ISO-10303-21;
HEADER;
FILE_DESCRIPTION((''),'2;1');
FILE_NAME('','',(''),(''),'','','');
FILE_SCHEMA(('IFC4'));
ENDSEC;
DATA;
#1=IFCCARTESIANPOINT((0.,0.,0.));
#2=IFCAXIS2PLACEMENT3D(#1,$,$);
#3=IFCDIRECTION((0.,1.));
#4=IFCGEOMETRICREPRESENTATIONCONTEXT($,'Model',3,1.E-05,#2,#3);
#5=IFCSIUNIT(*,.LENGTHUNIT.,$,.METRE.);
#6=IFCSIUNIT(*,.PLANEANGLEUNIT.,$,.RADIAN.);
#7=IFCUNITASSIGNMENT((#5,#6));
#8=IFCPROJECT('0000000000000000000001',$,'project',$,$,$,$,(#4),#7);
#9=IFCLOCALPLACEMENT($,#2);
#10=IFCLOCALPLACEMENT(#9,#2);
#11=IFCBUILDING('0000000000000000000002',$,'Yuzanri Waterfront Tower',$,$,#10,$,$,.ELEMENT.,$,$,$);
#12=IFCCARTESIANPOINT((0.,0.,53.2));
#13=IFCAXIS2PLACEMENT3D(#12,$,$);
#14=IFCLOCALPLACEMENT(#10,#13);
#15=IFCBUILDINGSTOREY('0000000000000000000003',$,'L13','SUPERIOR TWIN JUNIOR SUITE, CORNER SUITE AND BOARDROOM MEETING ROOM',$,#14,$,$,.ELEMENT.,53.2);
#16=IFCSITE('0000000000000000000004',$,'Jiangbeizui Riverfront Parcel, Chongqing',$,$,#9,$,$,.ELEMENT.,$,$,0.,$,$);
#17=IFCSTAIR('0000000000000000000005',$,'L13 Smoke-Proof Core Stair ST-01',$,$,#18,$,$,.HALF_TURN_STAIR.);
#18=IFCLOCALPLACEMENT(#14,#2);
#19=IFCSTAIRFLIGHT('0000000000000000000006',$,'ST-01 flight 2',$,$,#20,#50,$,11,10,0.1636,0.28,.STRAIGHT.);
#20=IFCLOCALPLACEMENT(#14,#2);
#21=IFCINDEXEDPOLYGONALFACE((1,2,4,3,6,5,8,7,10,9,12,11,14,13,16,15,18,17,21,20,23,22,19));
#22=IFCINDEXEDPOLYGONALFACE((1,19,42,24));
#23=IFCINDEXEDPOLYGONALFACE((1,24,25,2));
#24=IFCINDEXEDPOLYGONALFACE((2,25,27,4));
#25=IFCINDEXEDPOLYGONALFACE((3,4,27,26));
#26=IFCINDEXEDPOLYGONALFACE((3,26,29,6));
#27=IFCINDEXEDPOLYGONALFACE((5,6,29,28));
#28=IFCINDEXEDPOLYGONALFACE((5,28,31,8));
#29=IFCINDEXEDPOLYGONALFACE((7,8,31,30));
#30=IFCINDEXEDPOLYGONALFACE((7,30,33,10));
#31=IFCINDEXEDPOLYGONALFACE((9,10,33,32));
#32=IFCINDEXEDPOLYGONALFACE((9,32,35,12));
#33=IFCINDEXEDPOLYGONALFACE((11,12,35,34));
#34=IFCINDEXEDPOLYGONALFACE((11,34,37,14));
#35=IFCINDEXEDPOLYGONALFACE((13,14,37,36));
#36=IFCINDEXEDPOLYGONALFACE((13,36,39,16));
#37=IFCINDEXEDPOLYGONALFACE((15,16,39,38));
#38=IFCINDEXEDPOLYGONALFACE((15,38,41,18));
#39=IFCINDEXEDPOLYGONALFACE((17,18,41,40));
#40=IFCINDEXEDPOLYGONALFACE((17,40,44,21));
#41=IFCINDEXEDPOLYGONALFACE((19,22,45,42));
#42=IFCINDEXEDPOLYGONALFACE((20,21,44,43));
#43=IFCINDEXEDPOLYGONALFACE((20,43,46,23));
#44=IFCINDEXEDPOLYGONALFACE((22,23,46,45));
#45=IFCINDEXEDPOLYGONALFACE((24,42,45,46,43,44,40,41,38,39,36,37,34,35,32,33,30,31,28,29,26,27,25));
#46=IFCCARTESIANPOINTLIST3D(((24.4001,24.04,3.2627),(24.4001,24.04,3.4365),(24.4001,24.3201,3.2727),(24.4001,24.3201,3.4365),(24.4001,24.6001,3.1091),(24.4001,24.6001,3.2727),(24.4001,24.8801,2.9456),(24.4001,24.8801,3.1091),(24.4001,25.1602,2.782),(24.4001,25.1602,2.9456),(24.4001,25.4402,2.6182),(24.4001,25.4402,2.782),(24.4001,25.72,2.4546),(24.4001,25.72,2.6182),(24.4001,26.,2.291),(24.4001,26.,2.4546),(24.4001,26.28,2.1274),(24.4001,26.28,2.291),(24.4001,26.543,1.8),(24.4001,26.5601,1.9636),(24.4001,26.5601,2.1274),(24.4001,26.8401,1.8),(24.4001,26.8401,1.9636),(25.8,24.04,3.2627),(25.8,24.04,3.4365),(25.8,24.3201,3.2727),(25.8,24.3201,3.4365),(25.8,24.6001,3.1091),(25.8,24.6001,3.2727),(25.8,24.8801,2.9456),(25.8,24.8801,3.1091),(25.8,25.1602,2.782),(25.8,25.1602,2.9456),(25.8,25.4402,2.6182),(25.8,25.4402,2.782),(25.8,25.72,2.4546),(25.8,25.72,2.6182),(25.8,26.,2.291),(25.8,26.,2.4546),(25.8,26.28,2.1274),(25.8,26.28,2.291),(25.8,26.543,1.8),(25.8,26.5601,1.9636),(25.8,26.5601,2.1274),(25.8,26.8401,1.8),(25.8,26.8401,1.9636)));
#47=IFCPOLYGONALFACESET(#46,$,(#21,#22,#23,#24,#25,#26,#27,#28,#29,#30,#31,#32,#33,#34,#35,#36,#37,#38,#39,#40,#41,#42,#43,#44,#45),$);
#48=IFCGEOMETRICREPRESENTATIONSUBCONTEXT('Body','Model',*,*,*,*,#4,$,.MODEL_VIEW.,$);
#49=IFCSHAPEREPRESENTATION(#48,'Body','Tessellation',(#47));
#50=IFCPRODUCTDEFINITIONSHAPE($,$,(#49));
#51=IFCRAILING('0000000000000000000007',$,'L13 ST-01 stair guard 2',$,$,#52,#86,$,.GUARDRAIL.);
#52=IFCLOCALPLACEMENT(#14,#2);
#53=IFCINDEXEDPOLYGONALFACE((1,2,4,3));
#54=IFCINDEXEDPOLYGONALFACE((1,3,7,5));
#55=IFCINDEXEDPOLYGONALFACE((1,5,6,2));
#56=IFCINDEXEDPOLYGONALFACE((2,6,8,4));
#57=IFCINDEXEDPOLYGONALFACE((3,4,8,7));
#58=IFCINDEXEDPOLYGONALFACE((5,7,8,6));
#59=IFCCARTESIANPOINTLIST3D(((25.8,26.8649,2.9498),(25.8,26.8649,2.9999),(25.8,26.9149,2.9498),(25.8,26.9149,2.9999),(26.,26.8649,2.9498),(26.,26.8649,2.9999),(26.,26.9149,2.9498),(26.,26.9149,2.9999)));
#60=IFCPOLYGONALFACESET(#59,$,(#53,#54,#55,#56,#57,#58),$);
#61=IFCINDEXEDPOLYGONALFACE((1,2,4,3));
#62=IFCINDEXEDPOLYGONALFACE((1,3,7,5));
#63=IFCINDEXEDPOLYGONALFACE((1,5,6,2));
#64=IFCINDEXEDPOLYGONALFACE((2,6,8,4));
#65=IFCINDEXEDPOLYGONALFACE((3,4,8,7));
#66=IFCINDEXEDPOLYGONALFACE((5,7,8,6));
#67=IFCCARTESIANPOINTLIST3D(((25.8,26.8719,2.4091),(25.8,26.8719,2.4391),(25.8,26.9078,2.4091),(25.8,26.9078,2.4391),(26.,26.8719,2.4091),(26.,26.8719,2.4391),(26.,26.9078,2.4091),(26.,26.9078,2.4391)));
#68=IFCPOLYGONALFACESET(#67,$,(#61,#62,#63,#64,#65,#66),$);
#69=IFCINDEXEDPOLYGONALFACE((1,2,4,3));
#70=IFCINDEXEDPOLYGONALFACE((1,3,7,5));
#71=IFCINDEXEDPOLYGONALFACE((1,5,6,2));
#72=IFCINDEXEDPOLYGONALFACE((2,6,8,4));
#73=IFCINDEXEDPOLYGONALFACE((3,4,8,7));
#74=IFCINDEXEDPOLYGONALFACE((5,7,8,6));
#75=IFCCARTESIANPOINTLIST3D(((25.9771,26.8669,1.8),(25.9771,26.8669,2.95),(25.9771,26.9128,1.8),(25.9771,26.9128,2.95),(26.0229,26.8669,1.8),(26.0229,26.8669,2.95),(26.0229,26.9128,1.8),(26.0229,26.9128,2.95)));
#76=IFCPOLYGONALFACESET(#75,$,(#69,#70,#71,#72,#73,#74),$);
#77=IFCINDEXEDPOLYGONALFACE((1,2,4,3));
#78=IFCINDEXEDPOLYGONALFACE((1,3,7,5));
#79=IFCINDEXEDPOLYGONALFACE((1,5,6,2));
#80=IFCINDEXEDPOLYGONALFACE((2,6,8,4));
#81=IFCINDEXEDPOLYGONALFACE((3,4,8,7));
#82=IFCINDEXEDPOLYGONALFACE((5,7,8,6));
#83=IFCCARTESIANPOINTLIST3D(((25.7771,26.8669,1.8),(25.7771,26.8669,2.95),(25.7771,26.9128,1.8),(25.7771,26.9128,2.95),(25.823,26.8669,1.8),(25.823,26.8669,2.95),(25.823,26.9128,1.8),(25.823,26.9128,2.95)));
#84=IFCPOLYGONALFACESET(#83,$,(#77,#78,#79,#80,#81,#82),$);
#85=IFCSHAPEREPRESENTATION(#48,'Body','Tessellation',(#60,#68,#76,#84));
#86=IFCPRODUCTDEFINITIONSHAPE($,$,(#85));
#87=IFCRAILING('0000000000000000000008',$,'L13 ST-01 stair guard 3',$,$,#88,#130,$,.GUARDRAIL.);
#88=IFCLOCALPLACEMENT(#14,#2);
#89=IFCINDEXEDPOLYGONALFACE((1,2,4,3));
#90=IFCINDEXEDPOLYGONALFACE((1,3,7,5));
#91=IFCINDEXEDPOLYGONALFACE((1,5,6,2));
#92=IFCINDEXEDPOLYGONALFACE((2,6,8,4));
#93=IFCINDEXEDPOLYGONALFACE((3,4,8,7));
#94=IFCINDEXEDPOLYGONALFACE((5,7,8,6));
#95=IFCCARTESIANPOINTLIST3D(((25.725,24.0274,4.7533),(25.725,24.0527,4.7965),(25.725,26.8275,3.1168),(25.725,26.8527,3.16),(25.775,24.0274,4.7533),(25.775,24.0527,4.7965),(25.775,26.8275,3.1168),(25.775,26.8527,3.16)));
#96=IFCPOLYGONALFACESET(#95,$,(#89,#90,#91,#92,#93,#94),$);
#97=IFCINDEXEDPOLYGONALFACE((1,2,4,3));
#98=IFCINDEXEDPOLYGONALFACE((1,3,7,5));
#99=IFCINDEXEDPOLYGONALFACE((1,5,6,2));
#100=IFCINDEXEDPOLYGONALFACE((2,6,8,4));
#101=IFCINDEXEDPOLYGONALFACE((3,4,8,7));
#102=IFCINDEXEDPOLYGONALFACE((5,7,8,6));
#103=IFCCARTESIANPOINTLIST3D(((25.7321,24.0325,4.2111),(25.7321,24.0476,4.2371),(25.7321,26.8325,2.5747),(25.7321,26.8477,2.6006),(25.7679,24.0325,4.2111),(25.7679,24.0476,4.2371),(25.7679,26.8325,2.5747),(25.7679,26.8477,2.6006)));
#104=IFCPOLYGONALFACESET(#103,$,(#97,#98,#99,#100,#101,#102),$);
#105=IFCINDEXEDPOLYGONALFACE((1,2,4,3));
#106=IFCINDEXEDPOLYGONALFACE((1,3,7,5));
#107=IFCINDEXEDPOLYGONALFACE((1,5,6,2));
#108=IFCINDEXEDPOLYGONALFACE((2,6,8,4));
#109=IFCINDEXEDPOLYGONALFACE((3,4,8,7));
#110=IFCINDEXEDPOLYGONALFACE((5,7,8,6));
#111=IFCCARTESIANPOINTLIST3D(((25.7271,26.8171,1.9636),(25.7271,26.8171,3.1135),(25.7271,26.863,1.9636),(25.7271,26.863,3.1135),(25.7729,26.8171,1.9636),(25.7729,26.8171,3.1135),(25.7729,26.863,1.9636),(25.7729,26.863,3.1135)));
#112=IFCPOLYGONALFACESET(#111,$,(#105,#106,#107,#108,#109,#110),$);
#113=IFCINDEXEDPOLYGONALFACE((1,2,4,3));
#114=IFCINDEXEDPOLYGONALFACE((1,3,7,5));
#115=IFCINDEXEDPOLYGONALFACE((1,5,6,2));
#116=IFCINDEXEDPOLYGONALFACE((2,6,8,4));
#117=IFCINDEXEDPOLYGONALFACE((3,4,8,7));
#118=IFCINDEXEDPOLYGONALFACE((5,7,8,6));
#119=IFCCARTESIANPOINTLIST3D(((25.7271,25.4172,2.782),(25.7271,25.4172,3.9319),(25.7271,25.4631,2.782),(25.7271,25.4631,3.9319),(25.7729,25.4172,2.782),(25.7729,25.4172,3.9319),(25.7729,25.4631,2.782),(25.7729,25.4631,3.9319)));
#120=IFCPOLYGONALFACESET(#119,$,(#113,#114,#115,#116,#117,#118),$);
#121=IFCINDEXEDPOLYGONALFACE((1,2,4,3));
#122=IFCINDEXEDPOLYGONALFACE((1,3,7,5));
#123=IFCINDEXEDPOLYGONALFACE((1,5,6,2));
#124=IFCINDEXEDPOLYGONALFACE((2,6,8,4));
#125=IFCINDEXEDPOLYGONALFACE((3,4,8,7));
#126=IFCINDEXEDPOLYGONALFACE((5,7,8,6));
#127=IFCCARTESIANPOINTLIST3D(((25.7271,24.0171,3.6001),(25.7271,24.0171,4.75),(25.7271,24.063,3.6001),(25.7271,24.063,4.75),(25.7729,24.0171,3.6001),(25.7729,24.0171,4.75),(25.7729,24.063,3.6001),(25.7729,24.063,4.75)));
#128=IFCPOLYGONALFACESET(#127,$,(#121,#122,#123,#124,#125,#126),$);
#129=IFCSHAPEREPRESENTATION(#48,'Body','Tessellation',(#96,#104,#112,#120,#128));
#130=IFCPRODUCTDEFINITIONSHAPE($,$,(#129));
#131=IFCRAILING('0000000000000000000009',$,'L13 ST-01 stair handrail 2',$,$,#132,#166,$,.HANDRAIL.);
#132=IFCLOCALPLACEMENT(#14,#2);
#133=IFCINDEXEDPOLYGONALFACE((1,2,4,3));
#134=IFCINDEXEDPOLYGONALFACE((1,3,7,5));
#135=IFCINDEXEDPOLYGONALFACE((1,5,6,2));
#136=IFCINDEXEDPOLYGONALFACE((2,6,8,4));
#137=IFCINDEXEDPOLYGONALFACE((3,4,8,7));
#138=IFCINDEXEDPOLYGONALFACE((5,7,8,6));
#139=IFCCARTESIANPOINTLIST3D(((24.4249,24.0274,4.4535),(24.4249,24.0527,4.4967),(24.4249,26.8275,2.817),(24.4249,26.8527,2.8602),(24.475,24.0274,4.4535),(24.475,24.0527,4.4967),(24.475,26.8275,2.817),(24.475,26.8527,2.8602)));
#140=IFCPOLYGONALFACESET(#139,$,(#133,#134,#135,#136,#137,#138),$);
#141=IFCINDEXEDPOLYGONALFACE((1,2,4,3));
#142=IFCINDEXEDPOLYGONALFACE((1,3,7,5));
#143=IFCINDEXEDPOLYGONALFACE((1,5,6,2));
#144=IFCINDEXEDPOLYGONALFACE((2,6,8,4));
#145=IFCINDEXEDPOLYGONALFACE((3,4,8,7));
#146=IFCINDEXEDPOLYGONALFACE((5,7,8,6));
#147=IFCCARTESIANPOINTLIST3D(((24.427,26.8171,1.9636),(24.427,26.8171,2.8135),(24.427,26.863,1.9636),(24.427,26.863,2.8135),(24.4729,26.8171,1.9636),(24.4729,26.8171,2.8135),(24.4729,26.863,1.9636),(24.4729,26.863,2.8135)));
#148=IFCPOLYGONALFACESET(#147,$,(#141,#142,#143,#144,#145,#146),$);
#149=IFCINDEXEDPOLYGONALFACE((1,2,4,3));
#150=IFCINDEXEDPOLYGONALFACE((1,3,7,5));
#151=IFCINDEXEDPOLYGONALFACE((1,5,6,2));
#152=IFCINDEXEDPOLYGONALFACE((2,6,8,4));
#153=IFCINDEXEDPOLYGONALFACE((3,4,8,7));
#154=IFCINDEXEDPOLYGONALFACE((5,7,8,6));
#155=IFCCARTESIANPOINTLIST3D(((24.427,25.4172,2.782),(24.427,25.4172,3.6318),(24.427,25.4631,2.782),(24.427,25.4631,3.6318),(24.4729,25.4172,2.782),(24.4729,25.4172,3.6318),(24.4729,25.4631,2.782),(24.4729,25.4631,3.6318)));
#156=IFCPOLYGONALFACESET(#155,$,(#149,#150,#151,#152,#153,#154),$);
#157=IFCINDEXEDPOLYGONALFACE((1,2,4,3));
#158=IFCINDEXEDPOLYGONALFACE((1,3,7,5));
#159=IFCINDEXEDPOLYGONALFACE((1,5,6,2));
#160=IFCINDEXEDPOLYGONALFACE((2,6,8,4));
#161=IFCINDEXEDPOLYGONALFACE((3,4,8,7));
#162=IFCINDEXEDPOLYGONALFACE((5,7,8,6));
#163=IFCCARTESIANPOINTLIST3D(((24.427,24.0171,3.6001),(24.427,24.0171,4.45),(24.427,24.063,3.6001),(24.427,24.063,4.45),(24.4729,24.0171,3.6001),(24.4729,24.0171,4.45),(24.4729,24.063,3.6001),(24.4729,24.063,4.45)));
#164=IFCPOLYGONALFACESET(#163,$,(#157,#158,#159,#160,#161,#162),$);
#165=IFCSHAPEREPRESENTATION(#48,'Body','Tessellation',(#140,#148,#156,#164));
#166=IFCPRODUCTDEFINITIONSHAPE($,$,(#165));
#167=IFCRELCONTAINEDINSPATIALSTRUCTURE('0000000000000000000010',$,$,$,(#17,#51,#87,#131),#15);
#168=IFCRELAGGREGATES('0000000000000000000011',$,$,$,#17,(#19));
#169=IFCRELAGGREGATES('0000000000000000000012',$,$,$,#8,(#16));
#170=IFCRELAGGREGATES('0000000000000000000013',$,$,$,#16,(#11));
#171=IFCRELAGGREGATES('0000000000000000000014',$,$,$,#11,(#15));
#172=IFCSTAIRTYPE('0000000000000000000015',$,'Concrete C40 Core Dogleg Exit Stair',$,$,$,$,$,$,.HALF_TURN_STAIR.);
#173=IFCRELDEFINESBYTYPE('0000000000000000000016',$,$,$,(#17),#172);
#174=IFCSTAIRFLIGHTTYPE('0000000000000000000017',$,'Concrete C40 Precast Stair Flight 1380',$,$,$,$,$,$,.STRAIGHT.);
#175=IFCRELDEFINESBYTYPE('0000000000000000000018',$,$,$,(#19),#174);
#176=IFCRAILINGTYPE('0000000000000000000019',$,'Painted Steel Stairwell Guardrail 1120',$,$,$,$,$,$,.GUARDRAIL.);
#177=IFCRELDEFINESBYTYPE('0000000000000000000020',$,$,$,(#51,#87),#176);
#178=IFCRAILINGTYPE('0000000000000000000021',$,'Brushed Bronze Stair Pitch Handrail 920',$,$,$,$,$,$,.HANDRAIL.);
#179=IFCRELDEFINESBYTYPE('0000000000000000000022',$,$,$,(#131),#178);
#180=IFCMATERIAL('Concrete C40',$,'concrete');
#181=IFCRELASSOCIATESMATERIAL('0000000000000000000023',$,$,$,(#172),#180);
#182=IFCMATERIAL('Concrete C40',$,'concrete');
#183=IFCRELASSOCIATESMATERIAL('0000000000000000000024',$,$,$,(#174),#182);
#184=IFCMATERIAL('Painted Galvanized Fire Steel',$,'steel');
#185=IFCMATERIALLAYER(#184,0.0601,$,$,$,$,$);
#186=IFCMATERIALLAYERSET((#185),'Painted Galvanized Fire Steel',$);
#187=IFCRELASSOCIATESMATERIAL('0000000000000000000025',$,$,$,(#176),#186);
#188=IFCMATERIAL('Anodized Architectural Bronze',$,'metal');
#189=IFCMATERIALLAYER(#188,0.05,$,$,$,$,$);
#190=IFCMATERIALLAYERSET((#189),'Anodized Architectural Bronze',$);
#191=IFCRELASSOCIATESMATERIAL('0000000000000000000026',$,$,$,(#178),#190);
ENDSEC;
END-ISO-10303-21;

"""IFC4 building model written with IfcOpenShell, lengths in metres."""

from ifc_helpers import new_model, si_unit, direction, frame, origin, origin_2d, place, context, subcontext, project, spatial, polyline, rectangle, outline, extrude, source, transform, mapped, material, layer, layer_set, type_object, element, aggregate, save


model = new_model("IFC4")

# Units and contexts
model_context = context("Model", 3, precision=1e-05, world=origin(), true_north=direction((0.0, 1.0)))
body_context = subcontext(model_context, "Body", "Model", "MODEL_VIEW")
ifc_project = project(units=[si_unit("LENGTHUNIT", "METRE"), si_unit("PLANEANGLEUNIT", "RADIAN")], contexts=[model_context])

# Site, building, storey
site_placement = place(None, origin())
site = spatial("IfcSite", under=ifc_project, at=site_placement, Name="Jiangbeizui Riverfront Parcel, Chongqing", CompositionType="ELEMENT", RefElevation=0.0)
building_placement = place(site_placement, origin())
building = spatial("IfcBuilding", under=site, at=building_placement, Name="Yuzanri Waterfront Tower", CompositionType="ELEMENT")
storey_placement = place(building_placement, frame((0.0, 0.0, 53.2)))
storey = spatial("IfcBuildingStorey", under=building, at=storey_placement, Name="L13", Description="SUPERIOR TWIN JUNIOR SUITE, CORNER SUITE AND BOARDROOM MEETING ROOM", CompositionType="ELEMENT", Elevation=53.2)

# Stair, stair flight
ifc_material_1 = material(Name="Concrete C40", Category="concrete")
stair_type = type_object("IfcStairType", Name="Concrete C40 Core Dogleg Exit Stair", PredefinedType="HALF_TURN_STAIR", material=ifc_material_1)
stair_placement = place(storey_placement, origin())
stair = element("IfcStair", 1, at=stair_placement, inside=storey, type_object=stair_type, Name="L13 Smoke-Proof Core Stair ST-01", PredefinedType="HALF_TURN_STAIR")
ifc_material_2 = material(Name="Concrete C40", Category="concrete")
stair_flight_type = type_object("IfcStairFlightType", Name="Concrete C40 Precast Stair Flight 1380", PredefinedType="STRAIGHT", material=ifc_material_2)
shared_shape_1 = source(origin(), body_context, "Body", "SweptSolid", [
    extrude(outline(polyline([(0.0, 0.0), (0.0, 0.1636), (0.28, 0.1636), (0.28, 0.3274), (0.5601, 0.3274), (0.5601, 0.491), (0.8401, 0.491), (0.8401, 0.6545), (1.1201, 0.6545), (1.1201, 0.8181), (1.3999, 0.8181), (1.3999, 0.9819), (1.6799, 0.9819), (1.6799, 1.1455), (1.96, 1.1455), (1.96, 1.3091), (2.24, 1.3091), (2.24, 1.4727), (2.52, 1.4727), (2.52, 1.6365), (2.8, 1.6365), (2.8, 1.8), (2.8, 1.4626), (0.2971, 0.0), (0.0, 0.0)])), frame((0.0, 0.7, 0.0), z_axis=(0.0, -1.0, 0.0), x_axis=(1.0, 0.0, 0.0)), (0.0, 0.0, 1.0), 1.3999),
])
stair_flight_placement = place(storey_placement, frame((25.1001, 26.8401, 1.8), z_axis=(0.0, 0.0, 1.0), x_axis=(0.0, -1.0, 0.0)))
stair_flight = element("IfcStairFlight", 2, at=stair_flight_placement, type_object=stair_flight_type, Name="ST-01 flight 2", NumberOfRisers=11, NumberOfTreads=10, PredefinedType="STRAIGHT", RiserHeight=0.1636, TreadLength=0.28, context=body_context, shape_type="MappedRepresentation", body=[
    mapped(shared_shape_1, transform((0.0, 0.0, 0.0), scale=1.0)),
])
aggregate(stair, [stair_flight])

# Railings
ifc_material_3 = material(Name="Painted Galvanized Fire Steel", Category="steel")
ifc_layer_1 = layer(ifc_material_3, 0.0601)
ifc_layer_set_1 = layer_set([ifc_layer_1], Name="Painted Galvanized Fire Steel")
railing_type_1 = type_object("IfcRailingType", Name="Painted Steel Stairwell Guardrail 1120", PredefinedType="GUARDRAIL", material=ifc_layer_set_1)
shared_shape_2 = source(origin(), body_context, "Body", "SweptSolid", [
    extrude(rectangle(XDim=0.05, YDim=0.05, at=origin_2d()), frame((0.0, 0.0, 1.1748), z_axis=(-1.0, 0.0, 0.0), x_axis=(0.0, -1.0, 0.0)), (0.0, 0.0, 1.0), 0.2),
    extrude(rectangle(XDim=0.0359, YDim=0.03, at=origin_2d()), frame((0.0, 0.0, 0.624), z_axis=(-1.0, 0.0, 0.0), x_axis=(0.0, -1.0, 0.0)), (0.0, 0.0, 1.0), 0.2),
    extrude(rectangle(XDim=0.0459, YDim=0.0459, at=origin_2d()), origin(), (0.0, 0.0, 1.0), 1.1499),
    extrude(rectangle(XDim=0.0459, YDim=0.0459, at=origin_2d()), frame((-0.2, 0.0, 0.0)), (0.0, 0.0, 1.0), 1.1499),
])
railing_1_placement = place(storey_placement, frame((26.0, 26.8899, 1.8)))
element("IfcRailing", 3, at=railing_1_placement, inside=storey, type_object=railing_type_1, Name="L13 ST-01 stair guard 2", PredefinedType="GUARDRAIL", context=body_context, shape_type="MappedRepresentation", body=[
    mapped(shared_shape_2, transform((0.0, 0.0, 0.0), scale=1.0)),
])
shared_shape_3 = source(origin(), body_context, "Body", "SweptSolid", [
    extrude(rectangle(XDim=0.05, YDim=0.05, at=origin_2d()), frame((0.0, 0.0, 1.1748), z_axis=(0.0, -0.863361, 0.504587), x_axis=(1.0, 0.0, 0.0)), (0.0, 0.0, 1.0), 3.2432),
    extrude(rectangle(XDim=0.0359, YDim=0.03, at=origin_2d()), frame((0.0, 0.0, 0.624), z_axis=(0.0, -0.863361, 0.504587), x_axis=(1.0, 0.0, 0.0)), (0.0, 0.0, 1.0), 3.2432),
    extrude(rectangle(XDim=0.0459, YDim=0.0459, at=origin_2d()), origin(), (0.0, 0.0, 1.0), 1.1499),
    extrude(rectangle(XDim=0.0459, YDim=0.0459, at=origin_2d()), frame((0.0, -1.3999, 0.8184)), (0.0, 0.0, 1.0), 1.1499),
    extrude(rectangle(XDim=0.0459, YDim=0.0459, at=origin_2d()), frame((0.0, -2.8, 1.6365)), (0.0, 0.0, 1.0), 1.1499),
])
railing_2_placement = place(storey_placement, frame((25.75, 26.8401, 1.9636)))
element("IfcRailing", 4, at=railing_2_placement, inside=storey, type_object=railing_type_1, Name="L13 ST-01 stair guard 3", PredefinedType="GUARDRAIL", context=body_context, shape_type="MappedRepresentation", body=[
    mapped(shared_shape_3, transform((0.0, 0.0, 0.0), scale=1.0)),
])
ifc_material_4 = material(Name="Anodized Architectural Bronze", Category="metal")
ifc_layer_2 = layer(ifc_material_4, 0.05)
ifc_layer_set_2 = layer_set([ifc_layer_2], Name="Anodized Architectural Bronze")
railing_type_2 = type_object("IfcRailingType", Name="Brushed Bronze Stair Pitch Handrail 920", PredefinedType="HANDRAIL", material=ifc_layer_set_2)
shared_shape_4 = source(origin(), body_context, "Body", "SweptSolid", [
    extrude(rectangle(XDim=0.05, YDim=0.05, at=origin_2d()), frame((0.0, 0.0, 0.875), z_axis=(0.0, -0.863361, 0.504587), x_axis=(1.0, 0.0, 0.0)), (0.0, 0.0, 1.0), 3.2432),
    extrude(rectangle(XDim=0.0459, YDim=0.0459, at=origin_2d()), origin(), (0.0, 0.0, 1.0), 0.8499),
    extrude(rectangle(XDim=0.0459, YDim=0.0459, at=origin_2d()), frame((0.0, -1.3999, 0.8184)), (0.0, 0.0, 1.0), 0.8499),
    extrude(rectangle(XDim=0.0459, YDim=0.0459, at=origin_2d()), frame((0.0, -2.8, 1.6365)), (0.0, 0.0, 1.0), 0.8499),
])
railing_3_placement = place(storey_placement, frame((24.45, 26.8401, 1.9636)))
element("IfcRailing", 5, at=railing_3_placement, inside=storey, type_object=railing_type_2, Name="L13 ST-01 stair handrail 2", PredefinedType="HANDRAIL", context=body_context, shape_type="MappedRepresentation", body=[
    mapped(shared_shape_4, transform((0.0, 0.0, 0.0), scale=1.0)),
])

save(model, "model.ifc")
